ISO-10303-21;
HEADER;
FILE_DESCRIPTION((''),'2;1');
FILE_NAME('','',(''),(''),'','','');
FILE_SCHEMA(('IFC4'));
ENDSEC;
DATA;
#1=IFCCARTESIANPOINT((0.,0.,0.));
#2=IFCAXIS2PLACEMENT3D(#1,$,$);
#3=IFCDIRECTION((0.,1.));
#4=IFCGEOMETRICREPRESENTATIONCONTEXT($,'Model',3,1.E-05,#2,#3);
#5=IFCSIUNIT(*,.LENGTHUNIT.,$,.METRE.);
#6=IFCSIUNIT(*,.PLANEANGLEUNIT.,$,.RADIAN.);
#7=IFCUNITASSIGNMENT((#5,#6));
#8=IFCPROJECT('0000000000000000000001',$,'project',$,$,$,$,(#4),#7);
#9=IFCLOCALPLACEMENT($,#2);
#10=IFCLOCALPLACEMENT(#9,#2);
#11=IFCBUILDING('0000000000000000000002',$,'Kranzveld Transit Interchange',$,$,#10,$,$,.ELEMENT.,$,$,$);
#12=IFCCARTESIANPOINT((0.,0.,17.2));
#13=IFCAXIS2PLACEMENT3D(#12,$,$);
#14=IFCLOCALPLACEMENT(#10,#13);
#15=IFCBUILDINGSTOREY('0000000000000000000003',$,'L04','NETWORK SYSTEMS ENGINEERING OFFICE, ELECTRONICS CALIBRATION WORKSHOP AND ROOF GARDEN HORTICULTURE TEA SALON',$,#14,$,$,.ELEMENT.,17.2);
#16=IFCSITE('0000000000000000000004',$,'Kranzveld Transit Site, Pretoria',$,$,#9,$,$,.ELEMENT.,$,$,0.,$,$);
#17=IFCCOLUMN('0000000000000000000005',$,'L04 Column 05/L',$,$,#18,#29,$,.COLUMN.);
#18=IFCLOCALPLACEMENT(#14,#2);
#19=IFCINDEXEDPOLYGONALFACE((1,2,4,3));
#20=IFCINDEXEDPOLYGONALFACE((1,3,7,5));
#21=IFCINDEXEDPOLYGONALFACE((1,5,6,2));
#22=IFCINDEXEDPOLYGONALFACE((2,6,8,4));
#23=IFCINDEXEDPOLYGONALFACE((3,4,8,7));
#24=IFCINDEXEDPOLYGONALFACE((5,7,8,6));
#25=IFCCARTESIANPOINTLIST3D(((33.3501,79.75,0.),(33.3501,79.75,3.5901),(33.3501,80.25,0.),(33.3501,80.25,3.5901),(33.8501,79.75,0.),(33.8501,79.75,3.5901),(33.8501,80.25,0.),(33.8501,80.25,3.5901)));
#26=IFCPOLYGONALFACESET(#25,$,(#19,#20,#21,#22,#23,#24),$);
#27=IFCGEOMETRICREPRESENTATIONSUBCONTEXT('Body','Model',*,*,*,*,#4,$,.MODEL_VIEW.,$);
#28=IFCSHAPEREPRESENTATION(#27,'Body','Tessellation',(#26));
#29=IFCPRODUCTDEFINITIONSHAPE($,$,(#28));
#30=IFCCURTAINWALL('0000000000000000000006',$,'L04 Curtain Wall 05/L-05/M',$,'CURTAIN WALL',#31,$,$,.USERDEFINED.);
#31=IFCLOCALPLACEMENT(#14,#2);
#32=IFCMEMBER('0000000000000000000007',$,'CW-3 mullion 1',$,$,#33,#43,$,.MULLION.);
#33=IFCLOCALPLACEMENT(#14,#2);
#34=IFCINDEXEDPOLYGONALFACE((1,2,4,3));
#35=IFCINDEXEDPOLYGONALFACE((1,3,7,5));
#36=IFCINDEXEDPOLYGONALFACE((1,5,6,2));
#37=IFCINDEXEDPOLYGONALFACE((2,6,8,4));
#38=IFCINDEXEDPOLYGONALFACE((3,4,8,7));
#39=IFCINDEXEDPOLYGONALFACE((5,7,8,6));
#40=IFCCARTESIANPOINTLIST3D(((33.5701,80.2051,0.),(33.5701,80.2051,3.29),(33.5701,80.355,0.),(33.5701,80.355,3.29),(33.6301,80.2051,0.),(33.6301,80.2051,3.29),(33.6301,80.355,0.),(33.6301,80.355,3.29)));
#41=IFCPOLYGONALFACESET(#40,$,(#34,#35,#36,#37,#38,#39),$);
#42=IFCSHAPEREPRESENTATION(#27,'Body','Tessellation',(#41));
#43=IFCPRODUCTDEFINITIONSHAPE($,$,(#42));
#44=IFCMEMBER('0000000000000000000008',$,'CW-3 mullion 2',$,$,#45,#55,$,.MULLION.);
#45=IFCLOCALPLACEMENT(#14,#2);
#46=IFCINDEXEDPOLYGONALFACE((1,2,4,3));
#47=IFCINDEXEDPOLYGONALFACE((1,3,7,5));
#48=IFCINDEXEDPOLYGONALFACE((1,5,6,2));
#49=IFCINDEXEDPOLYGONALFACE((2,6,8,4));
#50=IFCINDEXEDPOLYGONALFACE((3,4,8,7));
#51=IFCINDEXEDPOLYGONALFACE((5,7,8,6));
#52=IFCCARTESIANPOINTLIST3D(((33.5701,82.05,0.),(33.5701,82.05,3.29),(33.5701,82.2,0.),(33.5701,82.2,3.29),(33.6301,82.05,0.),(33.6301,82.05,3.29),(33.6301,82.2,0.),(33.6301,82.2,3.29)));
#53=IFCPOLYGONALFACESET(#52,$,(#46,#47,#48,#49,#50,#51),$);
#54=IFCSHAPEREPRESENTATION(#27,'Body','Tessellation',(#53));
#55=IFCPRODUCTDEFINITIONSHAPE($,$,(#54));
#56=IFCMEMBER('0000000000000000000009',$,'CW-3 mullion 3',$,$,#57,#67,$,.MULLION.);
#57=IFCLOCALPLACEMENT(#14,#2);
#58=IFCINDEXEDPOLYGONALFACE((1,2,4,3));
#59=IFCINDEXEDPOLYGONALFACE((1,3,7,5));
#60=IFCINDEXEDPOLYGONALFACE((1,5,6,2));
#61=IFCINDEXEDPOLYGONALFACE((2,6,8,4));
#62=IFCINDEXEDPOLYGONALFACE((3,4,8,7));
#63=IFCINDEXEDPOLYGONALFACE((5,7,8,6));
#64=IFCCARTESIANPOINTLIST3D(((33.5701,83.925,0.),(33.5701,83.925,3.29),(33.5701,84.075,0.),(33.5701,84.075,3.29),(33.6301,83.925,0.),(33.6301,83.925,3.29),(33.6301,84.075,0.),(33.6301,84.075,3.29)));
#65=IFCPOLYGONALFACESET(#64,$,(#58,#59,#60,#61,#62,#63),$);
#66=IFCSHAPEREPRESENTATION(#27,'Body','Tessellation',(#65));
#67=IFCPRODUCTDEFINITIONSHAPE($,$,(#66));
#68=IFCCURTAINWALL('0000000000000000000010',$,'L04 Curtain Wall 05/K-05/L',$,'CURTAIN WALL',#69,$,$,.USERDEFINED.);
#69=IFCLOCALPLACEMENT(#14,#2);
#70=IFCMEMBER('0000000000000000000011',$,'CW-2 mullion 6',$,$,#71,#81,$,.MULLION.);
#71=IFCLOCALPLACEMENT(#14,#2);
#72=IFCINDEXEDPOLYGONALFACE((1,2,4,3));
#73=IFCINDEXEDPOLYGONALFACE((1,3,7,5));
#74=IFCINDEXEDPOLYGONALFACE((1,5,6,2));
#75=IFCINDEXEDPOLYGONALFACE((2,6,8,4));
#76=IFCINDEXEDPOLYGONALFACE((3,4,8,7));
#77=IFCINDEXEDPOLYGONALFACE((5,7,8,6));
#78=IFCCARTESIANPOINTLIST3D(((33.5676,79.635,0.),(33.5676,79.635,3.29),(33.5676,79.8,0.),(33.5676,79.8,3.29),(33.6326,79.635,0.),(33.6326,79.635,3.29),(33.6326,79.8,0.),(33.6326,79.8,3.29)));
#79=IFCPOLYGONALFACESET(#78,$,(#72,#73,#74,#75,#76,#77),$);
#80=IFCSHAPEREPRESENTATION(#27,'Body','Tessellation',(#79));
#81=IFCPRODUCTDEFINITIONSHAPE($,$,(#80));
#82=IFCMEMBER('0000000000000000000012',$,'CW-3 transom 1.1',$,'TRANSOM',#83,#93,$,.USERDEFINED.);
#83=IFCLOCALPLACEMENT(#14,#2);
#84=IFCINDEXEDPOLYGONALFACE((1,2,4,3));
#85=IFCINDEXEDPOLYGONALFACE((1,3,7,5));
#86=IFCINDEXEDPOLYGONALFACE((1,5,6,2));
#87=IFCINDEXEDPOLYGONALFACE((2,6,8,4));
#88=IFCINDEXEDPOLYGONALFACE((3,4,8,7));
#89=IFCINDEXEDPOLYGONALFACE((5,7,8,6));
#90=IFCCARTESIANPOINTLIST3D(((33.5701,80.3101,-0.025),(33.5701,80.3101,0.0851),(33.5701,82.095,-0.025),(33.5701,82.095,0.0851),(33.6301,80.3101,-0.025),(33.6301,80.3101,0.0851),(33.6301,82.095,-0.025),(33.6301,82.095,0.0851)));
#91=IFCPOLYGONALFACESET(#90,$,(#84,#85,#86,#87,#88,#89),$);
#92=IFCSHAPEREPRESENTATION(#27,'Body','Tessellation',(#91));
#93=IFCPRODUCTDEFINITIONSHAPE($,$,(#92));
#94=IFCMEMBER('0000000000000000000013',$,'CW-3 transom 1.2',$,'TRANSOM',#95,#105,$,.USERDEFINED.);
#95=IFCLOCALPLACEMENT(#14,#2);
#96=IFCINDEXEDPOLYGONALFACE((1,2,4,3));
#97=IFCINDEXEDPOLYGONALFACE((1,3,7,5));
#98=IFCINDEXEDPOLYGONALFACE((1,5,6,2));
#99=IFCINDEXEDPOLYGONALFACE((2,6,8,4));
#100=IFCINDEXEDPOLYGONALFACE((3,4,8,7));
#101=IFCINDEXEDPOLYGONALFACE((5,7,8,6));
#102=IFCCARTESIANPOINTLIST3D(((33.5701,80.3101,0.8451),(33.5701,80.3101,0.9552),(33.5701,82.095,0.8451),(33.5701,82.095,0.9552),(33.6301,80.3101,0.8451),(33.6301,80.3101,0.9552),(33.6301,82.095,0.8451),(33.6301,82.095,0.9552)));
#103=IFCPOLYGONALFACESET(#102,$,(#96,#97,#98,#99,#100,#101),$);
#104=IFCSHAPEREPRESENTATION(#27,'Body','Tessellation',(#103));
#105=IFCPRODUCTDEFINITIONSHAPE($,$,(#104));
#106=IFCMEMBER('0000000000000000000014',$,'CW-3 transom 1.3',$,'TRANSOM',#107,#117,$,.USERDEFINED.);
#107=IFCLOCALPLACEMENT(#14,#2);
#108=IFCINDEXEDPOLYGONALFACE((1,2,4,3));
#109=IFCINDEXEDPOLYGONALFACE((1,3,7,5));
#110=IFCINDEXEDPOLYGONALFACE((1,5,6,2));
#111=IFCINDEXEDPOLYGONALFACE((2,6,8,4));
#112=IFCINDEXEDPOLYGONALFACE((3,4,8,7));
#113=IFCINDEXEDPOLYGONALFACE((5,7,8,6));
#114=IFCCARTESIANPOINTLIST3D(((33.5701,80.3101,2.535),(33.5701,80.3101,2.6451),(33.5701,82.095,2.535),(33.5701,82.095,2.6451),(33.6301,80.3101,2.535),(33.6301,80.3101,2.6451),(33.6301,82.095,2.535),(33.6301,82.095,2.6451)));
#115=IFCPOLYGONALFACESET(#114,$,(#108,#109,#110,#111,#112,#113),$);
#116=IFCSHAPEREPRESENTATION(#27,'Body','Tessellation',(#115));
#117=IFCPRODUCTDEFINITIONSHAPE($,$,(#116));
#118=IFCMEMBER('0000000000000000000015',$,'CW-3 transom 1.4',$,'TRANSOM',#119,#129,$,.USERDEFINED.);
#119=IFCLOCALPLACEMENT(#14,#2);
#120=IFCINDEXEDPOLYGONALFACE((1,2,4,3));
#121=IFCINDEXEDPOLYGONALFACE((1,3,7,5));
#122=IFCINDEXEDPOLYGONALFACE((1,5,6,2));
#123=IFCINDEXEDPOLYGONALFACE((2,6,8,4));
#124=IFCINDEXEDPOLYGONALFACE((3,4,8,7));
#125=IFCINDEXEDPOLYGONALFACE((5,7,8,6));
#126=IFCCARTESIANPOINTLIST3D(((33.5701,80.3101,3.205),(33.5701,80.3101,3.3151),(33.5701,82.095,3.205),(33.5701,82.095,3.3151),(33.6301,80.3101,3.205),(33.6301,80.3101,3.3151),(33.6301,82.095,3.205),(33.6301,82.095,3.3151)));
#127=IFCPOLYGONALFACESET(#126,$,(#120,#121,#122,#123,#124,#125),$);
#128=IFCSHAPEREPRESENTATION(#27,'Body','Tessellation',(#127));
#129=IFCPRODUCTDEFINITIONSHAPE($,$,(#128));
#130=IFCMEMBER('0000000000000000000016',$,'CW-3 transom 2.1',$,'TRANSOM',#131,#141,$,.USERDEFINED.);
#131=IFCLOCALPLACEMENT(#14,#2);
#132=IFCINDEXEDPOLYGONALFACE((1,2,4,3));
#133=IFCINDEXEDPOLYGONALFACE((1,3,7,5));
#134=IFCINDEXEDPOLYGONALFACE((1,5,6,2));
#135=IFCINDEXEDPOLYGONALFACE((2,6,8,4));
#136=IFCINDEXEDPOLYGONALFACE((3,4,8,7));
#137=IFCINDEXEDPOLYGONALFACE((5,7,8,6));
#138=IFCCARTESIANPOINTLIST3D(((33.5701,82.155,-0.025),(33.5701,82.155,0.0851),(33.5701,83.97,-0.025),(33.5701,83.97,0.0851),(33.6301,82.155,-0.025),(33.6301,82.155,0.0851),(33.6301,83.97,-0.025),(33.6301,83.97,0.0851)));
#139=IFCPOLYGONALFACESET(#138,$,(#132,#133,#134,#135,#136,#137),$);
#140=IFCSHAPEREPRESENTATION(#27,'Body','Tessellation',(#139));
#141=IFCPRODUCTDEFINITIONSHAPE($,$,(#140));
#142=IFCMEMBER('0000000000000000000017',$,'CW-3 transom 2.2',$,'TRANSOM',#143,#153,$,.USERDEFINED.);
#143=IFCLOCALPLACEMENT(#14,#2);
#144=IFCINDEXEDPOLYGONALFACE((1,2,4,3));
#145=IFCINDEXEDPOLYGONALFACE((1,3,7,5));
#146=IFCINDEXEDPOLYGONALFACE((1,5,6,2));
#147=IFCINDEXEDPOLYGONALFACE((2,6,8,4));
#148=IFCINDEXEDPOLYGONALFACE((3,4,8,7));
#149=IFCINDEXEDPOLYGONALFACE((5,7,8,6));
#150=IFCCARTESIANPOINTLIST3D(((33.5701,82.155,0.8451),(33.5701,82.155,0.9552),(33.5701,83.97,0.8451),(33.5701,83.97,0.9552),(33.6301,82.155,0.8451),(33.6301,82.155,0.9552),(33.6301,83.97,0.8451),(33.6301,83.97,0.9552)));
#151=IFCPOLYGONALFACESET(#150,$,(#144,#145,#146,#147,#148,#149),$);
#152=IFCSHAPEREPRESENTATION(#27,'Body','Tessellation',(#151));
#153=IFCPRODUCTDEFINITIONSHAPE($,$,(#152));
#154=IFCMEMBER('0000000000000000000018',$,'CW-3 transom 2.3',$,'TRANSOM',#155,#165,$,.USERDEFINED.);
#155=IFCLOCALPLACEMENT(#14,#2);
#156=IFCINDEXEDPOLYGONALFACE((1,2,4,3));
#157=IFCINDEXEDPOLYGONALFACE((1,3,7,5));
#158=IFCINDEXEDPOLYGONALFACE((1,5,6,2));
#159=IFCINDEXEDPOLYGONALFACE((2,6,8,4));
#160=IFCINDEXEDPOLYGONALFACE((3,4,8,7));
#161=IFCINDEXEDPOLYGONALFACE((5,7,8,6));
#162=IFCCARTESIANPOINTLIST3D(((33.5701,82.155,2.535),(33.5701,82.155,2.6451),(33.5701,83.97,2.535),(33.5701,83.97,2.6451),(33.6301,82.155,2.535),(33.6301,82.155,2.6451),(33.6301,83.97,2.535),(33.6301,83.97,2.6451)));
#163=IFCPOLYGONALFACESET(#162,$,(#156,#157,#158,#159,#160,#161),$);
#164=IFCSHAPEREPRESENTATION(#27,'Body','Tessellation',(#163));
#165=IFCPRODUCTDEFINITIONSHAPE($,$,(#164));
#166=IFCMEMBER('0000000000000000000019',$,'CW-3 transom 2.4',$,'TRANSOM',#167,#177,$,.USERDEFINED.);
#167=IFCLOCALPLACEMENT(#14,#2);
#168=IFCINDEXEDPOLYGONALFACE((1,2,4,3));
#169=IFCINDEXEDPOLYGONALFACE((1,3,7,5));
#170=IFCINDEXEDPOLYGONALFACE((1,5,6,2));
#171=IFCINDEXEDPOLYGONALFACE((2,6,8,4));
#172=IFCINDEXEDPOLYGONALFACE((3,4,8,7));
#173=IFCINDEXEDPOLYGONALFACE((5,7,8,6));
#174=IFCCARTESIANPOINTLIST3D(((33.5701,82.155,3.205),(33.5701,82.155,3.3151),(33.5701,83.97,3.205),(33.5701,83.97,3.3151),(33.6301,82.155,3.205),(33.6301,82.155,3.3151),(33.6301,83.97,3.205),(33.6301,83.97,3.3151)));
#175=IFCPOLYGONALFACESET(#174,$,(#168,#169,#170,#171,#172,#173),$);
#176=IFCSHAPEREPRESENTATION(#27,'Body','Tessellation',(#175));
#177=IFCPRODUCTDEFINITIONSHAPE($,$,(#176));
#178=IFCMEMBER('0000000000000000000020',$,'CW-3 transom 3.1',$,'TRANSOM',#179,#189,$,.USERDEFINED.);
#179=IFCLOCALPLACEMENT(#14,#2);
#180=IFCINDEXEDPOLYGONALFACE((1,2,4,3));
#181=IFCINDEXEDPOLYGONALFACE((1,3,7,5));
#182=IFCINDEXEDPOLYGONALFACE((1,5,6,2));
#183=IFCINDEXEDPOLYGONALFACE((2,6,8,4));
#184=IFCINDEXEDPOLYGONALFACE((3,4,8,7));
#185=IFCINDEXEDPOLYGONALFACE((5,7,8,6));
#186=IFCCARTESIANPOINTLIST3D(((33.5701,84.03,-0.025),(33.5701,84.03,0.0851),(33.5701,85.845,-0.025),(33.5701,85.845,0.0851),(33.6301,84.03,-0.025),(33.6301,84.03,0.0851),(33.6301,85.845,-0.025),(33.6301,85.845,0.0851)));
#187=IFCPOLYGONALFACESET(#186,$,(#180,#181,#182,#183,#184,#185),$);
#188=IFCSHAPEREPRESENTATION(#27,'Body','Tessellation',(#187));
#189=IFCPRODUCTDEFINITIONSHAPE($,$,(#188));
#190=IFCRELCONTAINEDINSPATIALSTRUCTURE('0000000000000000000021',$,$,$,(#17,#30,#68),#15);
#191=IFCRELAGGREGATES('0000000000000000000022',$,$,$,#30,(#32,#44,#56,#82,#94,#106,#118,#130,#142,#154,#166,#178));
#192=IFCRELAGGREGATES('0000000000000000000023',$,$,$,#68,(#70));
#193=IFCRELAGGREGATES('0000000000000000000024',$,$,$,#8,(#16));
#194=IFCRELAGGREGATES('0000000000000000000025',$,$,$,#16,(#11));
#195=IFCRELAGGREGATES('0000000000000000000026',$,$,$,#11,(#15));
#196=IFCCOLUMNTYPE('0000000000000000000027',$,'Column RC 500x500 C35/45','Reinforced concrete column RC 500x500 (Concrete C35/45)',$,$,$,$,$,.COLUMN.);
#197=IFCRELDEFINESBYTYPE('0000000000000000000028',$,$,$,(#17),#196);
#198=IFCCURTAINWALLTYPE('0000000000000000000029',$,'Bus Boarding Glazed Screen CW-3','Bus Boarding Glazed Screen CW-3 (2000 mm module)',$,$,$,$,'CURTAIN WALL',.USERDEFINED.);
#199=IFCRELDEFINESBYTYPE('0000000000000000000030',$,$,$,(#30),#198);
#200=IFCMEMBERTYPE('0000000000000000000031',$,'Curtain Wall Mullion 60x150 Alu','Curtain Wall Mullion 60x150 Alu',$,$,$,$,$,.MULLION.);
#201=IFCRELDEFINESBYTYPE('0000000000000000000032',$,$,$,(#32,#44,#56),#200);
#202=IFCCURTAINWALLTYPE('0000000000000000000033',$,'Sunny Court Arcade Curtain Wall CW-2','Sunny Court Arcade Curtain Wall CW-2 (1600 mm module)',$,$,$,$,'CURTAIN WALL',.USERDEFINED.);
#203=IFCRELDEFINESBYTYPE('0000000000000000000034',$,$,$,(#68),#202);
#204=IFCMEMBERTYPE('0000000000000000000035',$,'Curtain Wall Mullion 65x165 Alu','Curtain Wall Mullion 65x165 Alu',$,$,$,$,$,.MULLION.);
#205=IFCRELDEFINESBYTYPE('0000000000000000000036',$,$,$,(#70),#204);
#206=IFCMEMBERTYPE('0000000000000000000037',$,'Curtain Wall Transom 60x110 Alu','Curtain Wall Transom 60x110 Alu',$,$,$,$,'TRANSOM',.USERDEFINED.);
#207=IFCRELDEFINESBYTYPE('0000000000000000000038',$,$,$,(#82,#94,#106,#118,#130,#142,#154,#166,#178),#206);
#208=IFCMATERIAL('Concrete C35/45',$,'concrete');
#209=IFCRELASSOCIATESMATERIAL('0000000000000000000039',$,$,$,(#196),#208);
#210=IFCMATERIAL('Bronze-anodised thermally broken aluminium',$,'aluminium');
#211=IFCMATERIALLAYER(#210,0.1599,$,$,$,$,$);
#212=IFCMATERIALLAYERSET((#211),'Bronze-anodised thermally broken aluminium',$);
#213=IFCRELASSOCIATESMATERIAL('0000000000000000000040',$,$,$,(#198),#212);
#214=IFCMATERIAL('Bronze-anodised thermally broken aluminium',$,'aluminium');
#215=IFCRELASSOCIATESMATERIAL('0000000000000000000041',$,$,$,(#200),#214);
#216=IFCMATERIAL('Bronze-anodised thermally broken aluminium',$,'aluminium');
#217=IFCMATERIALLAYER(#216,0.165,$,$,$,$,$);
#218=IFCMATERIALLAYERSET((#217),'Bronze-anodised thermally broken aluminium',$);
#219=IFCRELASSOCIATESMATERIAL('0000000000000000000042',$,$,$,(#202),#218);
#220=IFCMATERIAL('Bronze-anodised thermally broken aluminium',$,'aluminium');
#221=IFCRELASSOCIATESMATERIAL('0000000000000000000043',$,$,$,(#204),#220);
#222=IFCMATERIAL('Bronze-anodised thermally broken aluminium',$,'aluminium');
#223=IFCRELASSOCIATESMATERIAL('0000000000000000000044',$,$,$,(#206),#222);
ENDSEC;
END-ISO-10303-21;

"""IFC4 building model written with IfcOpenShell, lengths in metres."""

from ifc_helpers import new_model, si_unit, direction, frame, origin, origin_2d, place, context, subcontext, project, spatial, rectangle, extrude, material, layer, layer_set, material_profile, profile_set, type_object, element, aggregate, save


model = new_model("IFC4")

# Units and contexts
model_context = context("Model", 3, precision=1e-05, world=origin(), true_north=direction((0.0, 1.0)))
body_context = subcontext(model_context, "Body", "Model", "MODEL_VIEW")
ifc_project = project(units=[si_unit("LENGTHUNIT", "METRE"), si_unit("PLANEANGLEUNIT", "RADIAN")], contexts=[model_context])

# Site, building, storey
site_placement = place(None, origin())
site = spatial("IfcSite", under=ifc_project, at=site_placement, Name="Kranzveld Transit Site, Pretoria", CompositionType="ELEMENT", RefElevation=0.0)
building_placement = place(site_placement, origin())
building = spatial("IfcBuilding", under=site, at=building_placement, Name="Kranzveld Transit Interchange", CompositionType="ELEMENT")
storey_placement = place(building_placement, frame((0.0, 0.0, 17.2)))
storey = spatial("IfcBuildingStorey", under=building, at=storey_placement, Name="L04", Description="NETWORK SYSTEMS ENGINEERING OFFICE, ELECTRONICS CALIBRATION WORKSHOP AND ROOF GARDEN HORTICULTURE TEA SALON", CompositionType="ELEMENT", Elevation=17.2)

# Column
ifc_material_1 = material(Name="Concrete C35/45", Category="concrete")
ifc_material_profile_1 = material_profile(ifc_material_1, rectangle(XDim=0.5, YDim=0.5, at=origin_2d()), Name="RC 500x500")
ifc_profile_set_1 = profile_set([ifc_material_profile_1], Name="Concrete C35/45")
column_type = type_object("IfcColumnType", Name="Column RC 500x500 C35/45", Description="Reinforced concrete column RC 500x500 (Concrete C35/45)", PredefinedType="COLUMN", material=ifc_profile_set_1)
column_placement = place(storey_placement, frame((33.6001, 80.0, 0.0), z_axis=(0.0, 0.0, 1.0), x_axis=(1.0, 0.0, 0.0)))
element("IfcColumn", 1, at=column_placement, inside=storey, type_object=column_type, Name="L04 Column 05/L", PredefinedType="COLUMN", context=body_context, shape_type="SweptSolid", body=[
    extrude(rectangle(XDim=0.5, YDim=0.5, at=origin_2d()), origin(), (0.0, 0.0, 1.0), 3.5901),
])

# Curtain wall, members
ifc_material_2 = material(Name="Bronze-anodised thermally broken aluminium", Category="aluminium")
ifc_layer_1 = layer(ifc_material_2, 0.1599)
ifc_layer_set_1 = layer_set([ifc_layer_1], Name="Bronze-anodised thermally broken aluminium")
curtain_wall_type_1 = type_object("IfcCurtainWallType", Name="Bus Boarding Glazed Screen CW-3", Description="Bus Boarding Glazed Screen CW-3 (2000 mm module)", ElementType="CURTAIN WALL", PredefinedType="USERDEFINED", material=ifc_layer_set_1)
curtain_wall_1_placement = place(storey_placement, origin())
curtain_wall_1 = element("IfcCurtainWall", 2, at=curtain_wall_1_placement, inside=storey, type_object=curtain_wall_type_1, Name="L04 Curtain Wall 05/L-05/M", ObjectType="CURTAIN WALL", PredefinedType="USERDEFINED")
ifc_material_3 = material(Name="Bronze-anodised thermally broken aluminium", Category="aluminium")
ifc_material_profile_2 = material_profile(ifc_material_3, rectangle(XDim=0.0601, YDim=0.1499, at=origin_2d()), Name="ALU MULLION 60x150")
ifc_profile_set_2 = profile_set([ifc_material_profile_2], Name="Bronze-anodised thermally broken aluminium")
member_type_1 = type_object("IfcMemberType", Name="Curtain Wall Mullion 60x150 Alu", Description="Curtain Wall Mullion 60x150 Alu", PredefinedType="MULLION", material=ifc_profile_set_2)
member_1_placement = place(storey_placement, frame((33.6001, 80.28, 0.0), z_axis=(0.0, 0.0, 1.0), x_axis=(-1.0, 0.0, 0.0)))
member_1 = element("IfcMember", 3, at=member_1_placement, type_object=member_type_1, Name="CW-3 mullion 1", PredefinedType="MULLION", context=body_context, shape_type="SweptSolid", body=[
    extrude(rectangle(XDim=0.0601, YDim=0.1499, at=origin_2d()), origin(), (0.0, 0.0, 1.0), 3.29),
])
member_2_placement = place(storey_placement, frame((33.6001, 82.125, 0.0), z_axis=(0.0, 0.0, 1.0), x_axis=(-1.0, 0.0, 0.0)))
member_2 = element("IfcMember", 4, at=member_2_placement, type_object=member_type_1, Name="CW-3 mullion 2", PredefinedType="MULLION", context=body_context, shape_type="SweptSolid", body=[
    extrude(rectangle(XDim=0.0601, YDim=0.1499, at=origin_2d()), origin(), (0.0, 0.0, 1.0), 3.29),
])
member_3_placement = place(storey_placement, frame((33.6001, 84.0, 0.0), z_axis=(0.0, 0.0, 1.0), x_axis=(-1.0, 0.0, 0.0)))
member_3 = element("IfcMember", 5, at=member_3_placement, type_object=member_type_1, Name="CW-3 mullion 3", PredefinedType="MULLION", context=body_context, shape_type="SweptSolid", body=[
    extrude(rectangle(XDim=0.0601, YDim=0.1499, at=origin_2d()), origin(), (0.0, 0.0, 1.0), 3.29),
])

# Curtain wall, member
ifc_material_4 = material(Name="Bronze-anodised thermally broken aluminium", Category="aluminium")
ifc_layer_2 = layer(ifc_material_4, 0.165)
ifc_layer_set_2 = layer_set([ifc_layer_2], Name="Bronze-anodised thermally broken aluminium")
curtain_wall_type_2 = type_object("IfcCurtainWallType", Name="Sunny Court Arcade Curtain Wall CW-2", Description="Sunny Court Arcade Curtain Wall CW-2 (1600 mm module)", ElementType="CURTAIN WALL", PredefinedType="USERDEFINED", material=ifc_layer_set_2)
curtain_wall_2_placement = place(storey_placement, origin())
curtain_wall_2 = element("IfcCurtainWall", 6, at=curtain_wall_2_placement, inside=storey, type_object=curtain_wall_type_2, Name="L04 Curtain Wall 05/K-05/L", ObjectType="CURTAIN WALL", PredefinedType="USERDEFINED")
ifc_material_5 = material(Name="Bronze-anodised thermally broken aluminium", Category="aluminium")
ifc_material_profile_3 = material_profile(ifc_material_5, rectangle(XDim=0.0649, YDim=0.165, at=origin_2d()), Name="ALU MULLION 65x165")
ifc_profile_set_3 = profile_set([ifc_material_profile_3], Name="Bronze-anodised thermally broken aluminium")
member_type_2 = type_object("IfcMemberType", Name="Curtain Wall Mullion 65x165 Alu", Description="Curtain Wall Mullion 65x165 Alu", PredefinedType="MULLION", material=ifc_profile_set_3)
member_4_placement = place(storey_placement, frame((33.6001, 79.7175, 0.0), z_axis=(0.0, 0.0, 1.0), x_axis=(-1.0, 0.0, 0.0)))
member_4 = element("IfcMember", 7, at=member_4_placement, type_object=member_type_2, Name="CW-2 mullion 6", PredefinedType="MULLION", context=body_context, shape_type="SweptSolid", body=[
    extrude(rectangle(XDim=0.0649, YDim=0.165, at=origin_2d()), origin(), (0.0, 0.0, 1.0), 3.29),
])

# Members
ifc_material_6 = material(Name="Bronze-anodised thermally broken aluminium", Category="aluminium")
ifc_material_profile_4 = material_profile(ifc_material_6, rectangle(XDim=0.0601, YDim=0.1101, at=origin_2d()), Name="ALU TRANSOM 60x110")
ifc_profile_set_4 = profile_set([ifc_material_profile_4], Name="Bronze-anodised thermally broken aluminium")
member_type_3 = type_object("IfcMemberType", Name="Curtain Wall Transom 60x110 Alu", Description="Curtain Wall Transom 60x110 Alu", ElementType="TRANSOM", PredefinedType="USERDEFINED", material=ifc_profile_set_4)
member_5_placement = place(storey_placement, frame((33.6001, 80.3101, 0.03), z_axis=(0.0, 1.0, 0.0), x_axis=(-1.0, 0.0, 0.0)))
member_5 = element("IfcMember", 8, at=member_5_placement, type_object=member_type_3, Name="CW-3 transom 1.1", ObjectType="TRANSOM", PredefinedType="USERDEFINED", context=body_context, shape_type="SweptSolid", body=[
    extrude(rectangle(XDim=0.0601, YDim=0.1101, at=origin_2d()), origin(), (0.0, 0.0, 1.0), 1.7849),
])
member_6_placement = place(storey_placement, frame((33.6001, 80.3101, 0.9001), z_axis=(0.0, 1.0, 0.0), x_axis=(-1.0, 0.0, 0.0)))
member_6 = element("IfcMember", 9, at=member_6_placement, type_object=member_type_3, Name="CW-3 transom 1.2", ObjectType="TRANSOM", PredefinedType="USERDEFINED", context=body_context, shape_type="SweptSolid", body=[
    extrude(rectangle(XDim=0.0601, YDim=0.1101, at=origin_2d()), origin(), (0.0, 0.0, 1.0), 1.7849),
])
member_7_placement = place(storey_placement, frame((33.6001, 80.3101, 2.5901), z_axis=(0.0, 1.0, 0.0), x_axis=(-1.0, 0.0, 0.0)))
member_7 = element("IfcMember", 10, at=member_7_placement, type_object=member_type_3, Name="CW-3 transom 1.3", ObjectType="TRANSOM", PredefinedType="USERDEFINED", context=body_context, shape_type="SweptSolid", body=[
    extrude(rectangle(XDim=0.0601, YDim=0.1101, at=origin_2d()), origin(), (0.0, 0.0, 1.0), 1.7849),
])
member_8_placement = place(storey_placement, frame((33.6001, 80.3101, 3.26), z_axis=(0.0, 1.0, 0.0), x_axis=(-1.0, 0.0, 0.0)))
member_8 = element("IfcMember", 11, at=member_8_placement, type_object=member_type_3, Name="CW-3 transom 1.4", ObjectType="TRANSOM", PredefinedType="USERDEFINED", context=body_context, shape_type="SweptSolid", body=[
    extrude(rectangle(XDim=0.0601, YDim=0.1101, at=origin_2d()), origin(), (0.0, 0.0, 1.0), 1.7849),
])
member_9_placement = place(storey_placement, frame((33.6001, 82.155, 0.03), z_axis=(0.0, 1.0, 0.0), x_axis=(-1.0, 0.0, 0.0)))
member_9 = element("IfcMember", 12, at=member_9_placement, type_object=member_type_3, Name="CW-3 transom 2.1", ObjectType="TRANSOM", PredefinedType="USERDEFINED", context=body_context, shape_type="SweptSolid", body=[
    extrude(rectangle(XDim=0.0601, YDim=0.1101, at=origin_2d()), origin(), (0.0, 0.0, 1.0), 1.8149),
])
member_10_placement = place(storey_placement, frame((33.6001, 82.155, 0.9001), z_axis=(0.0, 1.0, 0.0), x_axis=(-1.0, 0.0, 0.0)))
member_10 = element("IfcMember", 13, at=member_10_placement, type_object=member_type_3, Name="CW-3 transom 2.2", ObjectType="TRANSOM", PredefinedType="USERDEFINED", context=body_context, shape_type="SweptSolid", body=[
    extrude(rectangle(XDim=0.0601, YDim=0.1101, at=origin_2d()), origin(), (0.0, 0.0, 1.0), 1.8149),
])
member_11_placement = place(storey_placement, frame((33.6001, 82.155, 2.5901), z_axis=(0.0, 1.0, 0.0), x_axis=(-1.0, 0.0, 0.0)))
member_11 = element("IfcMember", 14, at=member_11_placement, type_object=member_type_3, Name="CW-3 transom 2.3", ObjectType="TRANSOM", PredefinedType="USERDEFINED", context=body_context, shape_type="SweptSolid", body=[
    extrude(rectangle(XDim=0.0601, YDim=0.1101, at=origin_2d()), origin(), (0.0, 0.0, 1.0), 1.8149),
])
member_12_placement = place(storey_placement, frame((33.6001, 82.155, 3.26), z_axis=(0.0, 1.0, 0.0), x_axis=(-1.0, 0.0, 0.0)))
member_12 = element("IfcMember", 15, at=member_12_placement, type_object=member_type_3, Name="CW-3 transom 2.4", ObjectType="TRANSOM", PredefinedType="USERDEFINED", context=body_context, shape_type="SweptSolid", body=[
    extrude(rectangle(XDim=0.0601, YDim=0.1101, at=origin_2d()), origin(), (0.0, 0.0, 1.0), 1.8149),
])
member_13_placement = place(storey_placement, frame((33.6001, 84.03, 0.03), z_axis=(0.0, 1.0, 0.0), x_axis=(-1.0, 0.0, 0.0)))
member_13 = element("IfcMember", 16, at=member_13_placement, type_object=member_type_3, Name="CW-3 transom 3.1", ObjectType="TRANSOM", PredefinedType="USERDEFINED", context=body_context, shape_type="SweptSolid", body=[
    extrude(rectangle(XDim=0.0601, YDim=0.1101, at=origin_2d()), origin(), (0.0, 0.0, 1.0), 1.8149),
])

aggregate(curtain_wall_1, [member_1, member_2, member_3, member_5, member_6, member_7, member_8, member_9, member_10, member_11, member_12, member_13])
aggregate(curtain_wall_2, [member_4])

save(model, "model.ifc")
